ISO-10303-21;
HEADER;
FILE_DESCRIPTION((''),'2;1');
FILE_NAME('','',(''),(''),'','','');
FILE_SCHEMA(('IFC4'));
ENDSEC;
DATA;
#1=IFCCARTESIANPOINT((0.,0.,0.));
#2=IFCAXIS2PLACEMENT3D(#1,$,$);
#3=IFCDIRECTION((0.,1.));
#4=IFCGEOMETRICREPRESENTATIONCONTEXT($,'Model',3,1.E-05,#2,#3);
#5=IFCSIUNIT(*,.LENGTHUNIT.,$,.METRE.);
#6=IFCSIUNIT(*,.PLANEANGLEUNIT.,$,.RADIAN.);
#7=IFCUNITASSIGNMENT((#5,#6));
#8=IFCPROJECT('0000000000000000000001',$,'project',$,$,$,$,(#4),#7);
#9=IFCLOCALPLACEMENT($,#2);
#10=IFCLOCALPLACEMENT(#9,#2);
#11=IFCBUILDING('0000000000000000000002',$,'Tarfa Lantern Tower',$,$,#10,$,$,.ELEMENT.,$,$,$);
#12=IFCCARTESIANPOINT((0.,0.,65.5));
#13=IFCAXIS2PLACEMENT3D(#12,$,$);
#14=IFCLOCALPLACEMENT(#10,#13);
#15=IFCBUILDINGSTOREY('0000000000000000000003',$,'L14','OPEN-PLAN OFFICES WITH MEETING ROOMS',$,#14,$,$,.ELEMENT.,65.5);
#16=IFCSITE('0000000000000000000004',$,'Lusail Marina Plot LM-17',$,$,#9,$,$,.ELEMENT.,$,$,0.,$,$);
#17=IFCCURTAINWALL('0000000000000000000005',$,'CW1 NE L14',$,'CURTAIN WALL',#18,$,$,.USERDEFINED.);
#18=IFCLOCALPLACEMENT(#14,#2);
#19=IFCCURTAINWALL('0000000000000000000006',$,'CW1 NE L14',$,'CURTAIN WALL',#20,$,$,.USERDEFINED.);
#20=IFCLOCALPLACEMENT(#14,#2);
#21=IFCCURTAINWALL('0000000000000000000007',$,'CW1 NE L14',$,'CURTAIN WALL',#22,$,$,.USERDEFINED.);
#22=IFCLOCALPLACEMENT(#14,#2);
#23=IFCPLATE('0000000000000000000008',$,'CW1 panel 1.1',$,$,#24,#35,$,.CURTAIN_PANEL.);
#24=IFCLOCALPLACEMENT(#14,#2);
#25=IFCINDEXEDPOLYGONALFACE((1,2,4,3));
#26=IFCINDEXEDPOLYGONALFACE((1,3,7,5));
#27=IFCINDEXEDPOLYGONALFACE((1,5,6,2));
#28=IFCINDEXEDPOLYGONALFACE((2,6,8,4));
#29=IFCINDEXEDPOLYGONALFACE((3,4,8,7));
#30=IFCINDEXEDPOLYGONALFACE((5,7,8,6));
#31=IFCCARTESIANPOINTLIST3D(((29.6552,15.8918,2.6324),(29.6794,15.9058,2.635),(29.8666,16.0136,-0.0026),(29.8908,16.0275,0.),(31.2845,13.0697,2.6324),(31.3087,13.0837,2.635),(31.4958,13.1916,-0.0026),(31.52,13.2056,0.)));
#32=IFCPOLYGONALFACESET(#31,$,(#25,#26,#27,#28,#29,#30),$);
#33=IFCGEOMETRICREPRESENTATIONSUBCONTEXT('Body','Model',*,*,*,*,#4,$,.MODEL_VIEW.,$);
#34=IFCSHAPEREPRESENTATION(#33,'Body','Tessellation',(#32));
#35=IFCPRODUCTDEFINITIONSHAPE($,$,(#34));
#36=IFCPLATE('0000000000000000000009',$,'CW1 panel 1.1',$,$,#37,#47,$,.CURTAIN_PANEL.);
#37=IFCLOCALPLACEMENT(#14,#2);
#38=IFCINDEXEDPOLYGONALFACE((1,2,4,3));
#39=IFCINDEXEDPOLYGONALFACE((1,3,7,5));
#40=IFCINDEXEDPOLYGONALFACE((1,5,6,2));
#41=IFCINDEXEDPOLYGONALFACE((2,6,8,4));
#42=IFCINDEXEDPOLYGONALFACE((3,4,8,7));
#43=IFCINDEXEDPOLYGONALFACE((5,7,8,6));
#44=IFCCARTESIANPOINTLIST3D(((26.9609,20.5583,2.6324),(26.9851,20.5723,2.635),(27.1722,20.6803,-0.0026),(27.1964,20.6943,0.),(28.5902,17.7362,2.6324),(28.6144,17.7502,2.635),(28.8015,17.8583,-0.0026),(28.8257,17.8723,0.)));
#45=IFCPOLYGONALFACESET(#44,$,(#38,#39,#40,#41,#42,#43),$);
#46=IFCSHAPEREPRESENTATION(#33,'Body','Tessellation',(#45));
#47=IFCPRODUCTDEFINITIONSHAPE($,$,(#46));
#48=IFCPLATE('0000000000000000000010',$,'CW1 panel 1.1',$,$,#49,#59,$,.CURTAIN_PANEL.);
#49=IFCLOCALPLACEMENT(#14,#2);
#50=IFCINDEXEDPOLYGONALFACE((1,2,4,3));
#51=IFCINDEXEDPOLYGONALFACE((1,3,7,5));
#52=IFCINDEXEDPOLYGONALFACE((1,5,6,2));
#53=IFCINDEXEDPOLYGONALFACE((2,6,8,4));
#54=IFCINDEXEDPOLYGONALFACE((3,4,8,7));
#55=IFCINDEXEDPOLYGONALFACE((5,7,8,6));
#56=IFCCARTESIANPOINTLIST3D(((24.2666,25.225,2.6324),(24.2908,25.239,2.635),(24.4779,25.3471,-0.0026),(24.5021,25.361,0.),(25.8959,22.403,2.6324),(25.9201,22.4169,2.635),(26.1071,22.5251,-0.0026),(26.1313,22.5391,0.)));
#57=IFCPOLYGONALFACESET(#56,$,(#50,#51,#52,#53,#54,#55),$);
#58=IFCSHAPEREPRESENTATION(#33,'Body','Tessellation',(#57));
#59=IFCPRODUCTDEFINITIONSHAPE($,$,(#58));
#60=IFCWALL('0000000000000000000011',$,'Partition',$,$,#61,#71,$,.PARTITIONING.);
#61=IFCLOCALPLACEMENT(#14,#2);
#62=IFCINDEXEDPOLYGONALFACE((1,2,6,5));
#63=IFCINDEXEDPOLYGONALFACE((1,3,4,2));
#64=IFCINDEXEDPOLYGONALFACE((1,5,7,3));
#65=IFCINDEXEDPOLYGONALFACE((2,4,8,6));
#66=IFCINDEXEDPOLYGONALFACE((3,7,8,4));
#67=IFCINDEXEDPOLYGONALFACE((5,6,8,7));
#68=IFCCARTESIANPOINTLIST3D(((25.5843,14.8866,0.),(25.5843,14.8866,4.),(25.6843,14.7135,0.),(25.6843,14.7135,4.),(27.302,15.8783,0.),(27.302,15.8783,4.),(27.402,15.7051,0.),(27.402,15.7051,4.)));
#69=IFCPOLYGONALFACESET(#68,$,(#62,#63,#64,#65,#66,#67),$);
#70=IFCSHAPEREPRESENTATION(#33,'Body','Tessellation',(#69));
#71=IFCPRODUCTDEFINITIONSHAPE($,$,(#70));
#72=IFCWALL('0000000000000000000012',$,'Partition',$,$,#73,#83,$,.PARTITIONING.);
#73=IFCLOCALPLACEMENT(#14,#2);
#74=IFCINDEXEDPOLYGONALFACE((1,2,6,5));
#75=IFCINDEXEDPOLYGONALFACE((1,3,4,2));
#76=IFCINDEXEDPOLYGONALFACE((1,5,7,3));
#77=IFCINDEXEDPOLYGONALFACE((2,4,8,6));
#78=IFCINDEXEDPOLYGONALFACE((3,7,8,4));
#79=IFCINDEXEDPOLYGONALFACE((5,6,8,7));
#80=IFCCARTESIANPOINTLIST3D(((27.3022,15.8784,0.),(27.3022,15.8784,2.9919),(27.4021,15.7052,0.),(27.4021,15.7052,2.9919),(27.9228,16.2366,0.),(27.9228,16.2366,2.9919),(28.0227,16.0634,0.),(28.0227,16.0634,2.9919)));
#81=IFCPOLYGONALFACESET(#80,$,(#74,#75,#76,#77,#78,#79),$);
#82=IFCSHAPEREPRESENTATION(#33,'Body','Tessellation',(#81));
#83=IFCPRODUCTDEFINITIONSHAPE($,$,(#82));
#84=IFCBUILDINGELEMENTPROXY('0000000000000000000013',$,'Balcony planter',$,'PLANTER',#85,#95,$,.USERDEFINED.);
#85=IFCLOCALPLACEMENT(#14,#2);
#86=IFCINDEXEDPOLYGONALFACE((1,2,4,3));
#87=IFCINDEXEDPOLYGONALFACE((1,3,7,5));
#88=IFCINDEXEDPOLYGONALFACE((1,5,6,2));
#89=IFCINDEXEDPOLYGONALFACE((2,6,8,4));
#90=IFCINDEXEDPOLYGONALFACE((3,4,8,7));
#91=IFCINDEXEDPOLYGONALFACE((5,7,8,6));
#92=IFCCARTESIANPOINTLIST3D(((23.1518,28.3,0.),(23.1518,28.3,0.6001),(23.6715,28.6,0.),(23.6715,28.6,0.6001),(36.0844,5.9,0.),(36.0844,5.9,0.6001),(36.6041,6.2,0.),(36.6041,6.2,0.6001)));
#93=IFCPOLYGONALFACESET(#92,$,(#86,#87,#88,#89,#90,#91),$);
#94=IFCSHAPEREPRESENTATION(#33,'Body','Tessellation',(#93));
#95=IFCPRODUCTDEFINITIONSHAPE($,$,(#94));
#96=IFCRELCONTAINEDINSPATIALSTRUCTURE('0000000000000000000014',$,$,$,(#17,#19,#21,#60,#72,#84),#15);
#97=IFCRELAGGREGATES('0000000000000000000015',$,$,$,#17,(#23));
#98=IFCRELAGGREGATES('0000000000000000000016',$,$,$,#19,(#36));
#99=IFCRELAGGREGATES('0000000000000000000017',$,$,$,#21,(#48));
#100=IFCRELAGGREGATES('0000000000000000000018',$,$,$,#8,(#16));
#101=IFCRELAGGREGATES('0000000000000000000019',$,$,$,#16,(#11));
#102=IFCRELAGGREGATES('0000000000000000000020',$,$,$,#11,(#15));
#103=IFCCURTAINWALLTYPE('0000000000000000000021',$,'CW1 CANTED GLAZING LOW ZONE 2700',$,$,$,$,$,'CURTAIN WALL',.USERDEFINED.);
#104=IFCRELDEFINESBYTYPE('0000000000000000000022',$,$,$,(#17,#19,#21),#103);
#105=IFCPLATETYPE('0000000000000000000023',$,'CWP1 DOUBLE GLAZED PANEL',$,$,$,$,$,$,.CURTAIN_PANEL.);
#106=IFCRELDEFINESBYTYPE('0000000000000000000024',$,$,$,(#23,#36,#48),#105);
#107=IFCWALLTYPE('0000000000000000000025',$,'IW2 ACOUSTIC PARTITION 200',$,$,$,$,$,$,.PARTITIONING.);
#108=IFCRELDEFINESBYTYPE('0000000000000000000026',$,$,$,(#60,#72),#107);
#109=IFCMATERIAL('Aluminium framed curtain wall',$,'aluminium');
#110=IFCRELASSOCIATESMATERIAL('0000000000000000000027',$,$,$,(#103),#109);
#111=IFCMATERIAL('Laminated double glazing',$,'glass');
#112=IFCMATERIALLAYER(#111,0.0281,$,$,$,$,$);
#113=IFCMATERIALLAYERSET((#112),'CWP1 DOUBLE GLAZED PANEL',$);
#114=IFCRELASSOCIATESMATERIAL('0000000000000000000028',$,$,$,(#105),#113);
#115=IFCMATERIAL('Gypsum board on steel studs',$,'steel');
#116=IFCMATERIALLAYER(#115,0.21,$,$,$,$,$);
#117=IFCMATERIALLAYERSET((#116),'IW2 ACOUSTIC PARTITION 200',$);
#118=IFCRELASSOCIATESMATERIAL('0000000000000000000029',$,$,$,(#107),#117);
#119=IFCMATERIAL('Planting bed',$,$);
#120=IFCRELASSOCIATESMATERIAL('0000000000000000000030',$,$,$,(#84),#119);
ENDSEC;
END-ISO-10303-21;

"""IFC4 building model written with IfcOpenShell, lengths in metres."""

from ifc_helpers import new_model, si_unit, direction, frame, frame_2d, origin, origin_2d, place, context, subcontext, project, spatial, polyline, rectangle, outline, extrude, material, layer, layer_set, type_object, element, aggregate, save


model = new_model("IFC4")

# Units and contexts
model_context = context("Model", 3, precision=1e-05, world=origin(), true_north=direction((0.0, 1.0)))
body_context = subcontext(model_context, "Body", "Model", "MODEL_VIEW")
ifc_project = project(units=[si_unit("LENGTHUNIT", "METRE"), si_unit("PLANEANGLEUNIT", "RADIAN")], contexts=[model_context])

# Site, building, storey
site_placement = place(None, origin())
site = spatial("IfcSite", under=ifc_project, at=site_placement, Name="Lusail Marina Plot LM-17", CompositionType="ELEMENT", RefElevation=0.0)
building_placement = place(site_placement, origin())
building = spatial("IfcBuilding", under=site, at=building_placement, Name="Tarfa Lantern Tower", CompositionType="ELEMENT")
storey_placement = place(building_placement, frame((0.0, 0.0, 65.5)))
storey = spatial("IfcBuildingStorey", under=building, at=storey_placement, Name="L14", Description="OPEN-PLAN OFFICES WITH MEETING ROOMS", CompositionType="ELEMENT", Elevation=65.5)

# Curtain walls
ifc_material_1 = material(Name="Aluminium framed curtain wall", Category="aluminium")
curtain_wall_type = type_object("IfcCurtainWallType", Name="CW1 CANTED GLAZING LOW ZONE 2700", ElementType="CURTAIN WALL", PredefinedType="USERDEFINED", material=ifc_material_1)
curtain_wall_1_placement = place(storey_placement, origin())
curtain_wall_1 = element("IfcCurtainWall", 1, at=curtain_wall_1_placement, inside=storey, type_object=curtain_wall_type, Name="CW1 NE L14", ObjectType="CURTAIN WALL", PredefinedType="USERDEFINED")
curtain_wall_2_placement = place(storey_placement, origin())
curtain_wall_2 = element("IfcCurtainWall", 2, at=curtain_wall_2_placement, inside=storey, type_object=curtain_wall_type, Name="CW1 NE L14", ObjectType="CURTAIN WALL", PredefinedType="USERDEFINED")
curtain_wall_3_placement = place(storey_placement, origin())
curtain_wall_3 = element("IfcCurtainWall", 3, at=curtain_wall_3_placement, inside=storey, type_object=curtain_wall_type, Name="CW1 NE L14", ObjectType="CURTAIN WALL", PredefinedType="USERDEFINED")

# Plates
ifc_material_2 = material(Name="Laminated double glazing", Category="glass")
ifc_layer_1 = layer(ifc_material_2, 0.0281)
ifc_layer_set_1 = layer_set([ifc_layer_1], Name="CWP1 DOUBLE GLAZED PANEL")
plate_type = type_object("IfcPlateType", Name="CWP1 DOUBLE GLAZED PANEL", PredefinedType="CURTAIN_PANEL", material=ifc_layer_set_1)
plate_1_placement = place(storey_placement, frame((31.52, 13.2056, 0.0), z_axis=(0.862342, 0.497867, 0.09217), x_axis=(-0.499995, 0.866029, -0.000003)))
plate_1 = element("IfcPlate", 4, at=plate_1_placement, type_object=plate_type, Name="CW1 panel 1.1", PredefinedType="CURTAIN_PANEL", context=body_context, shape_type="SweptSolid", body=[
    extrude(outline(polyline([(0.0, 0.0), (3.2585, 0.0), (3.2587, 2.6463), (0.0001, 2.6463), (0.0, 0.0)])), origin(), (0.0, 0.0, -1.0), 0.0281),
])
aggregate(curtain_wall_1, [plate_1])
plate_2_placement = place(storey_placement, frame((28.8257, 17.8723, 0.0), z_axis=(0.862338, 0.497864, 0.092216), x_axis=(-0.499995, 0.866029, -0.000003)))
plate_2 = element("IfcPlate", 5, at=plate_2_placement, type_object=plate_type, Name="CW1 panel 1.1", PredefinedType="CURTAIN_PANEL", context=body_context, shape_type="SweptSolid", body=[
    extrude(outline(polyline([(0.0, 0.0), (3.2585, 0.0), (3.2585, 2.6463), (-0.0001, 2.6463), (0.0, 0.0)])), origin(), (0.0, 0.0, -1.0), 0.0281),
])
aggregate(curtain_wall_2, [plate_2])
plate_3_placement = place(storey_placement, frame((26.1313, 22.5391, 0.0), z_axis=(0.862338, 0.497864, 0.092216), x_axis=(-0.499995, 0.866029, -0.000003)))
plate_3 = element("IfcPlate", 6, at=plate_3_placement, type_object=plate_type, Name="CW1 panel 1.1", PredefinedType="CURTAIN_PANEL", context=body_context, shape_type="SweptSolid", body=[
    extrude(outline(polyline([(0.0, 0.0), (3.2585, 0.0), (3.2585, 2.6463), (-0.0001, 2.6463), (0.0, 0.0)])), origin(), (0.0, 0.0, -1.0), 0.0281),
])
aggregate(curtain_wall_3, [plate_3])

# Walls
ifc_material_3 = material(Name="Gypsum board on steel studs", Category="steel")
ifc_layer_2 = layer(ifc_material_3, 0.21)
ifc_layer_set_2 = layer_set([ifc_layer_2], Name="IW2 ACOUSTIC PARTITION 200")
wall_type = type_object("IfcWallType", Name="IW2 ACOUSTIC PARTITION 200", PredefinedType="PARTITIONING", material=ifc_layer_set_2)
wall_1_placement = place(storey_placement, frame((25.6343, 14.8, 0.0), z_axis=(0.0, 0.0, 1.0), x_axis=(0.866038, 0.499978, 0.0)))
element("IfcWall", 7, at=wall_1_placement, inside=storey, type_object=wall_type, Name="Partition", PredefinedType="PARTITIONING", context=body_context, shape_type="SweptSolid", body=[
    extrude(rectangle(XDim=1.9834, YDim=0.2, at=frame_2d((0.9917, 0.0))), origin(), (0.0, 0.0, 1.0), 4.0),
])
wall_2_placement = place(storey_placement, frame((27.3521, 15.7917, 0.0), z_axis=(0.0, 0.0, 1.0), x_axis=(0.866118, 0.49984, 0.0)))
element("IfcWall", 8, at=wall_2_placement, inside=storey, type_object=wall_type, Name="Partition", PredefinedType="PARTITIONING", context=body_context, shape_type="SweptSolid", body=[
    extrude(rectangle(XDim=0.7166, YDim=0.2, at=frame_2d((0.3584, 0.0))), origin(), (0.0, 0.0, 1.0), 2.9919),
])

# Building element proxy
ifc_material_4 = material(Name="Planting bed")
proxy_placement = place(storey_placement, frame((29.8779, 17.25, 0.0), z_axis=(0.0, 0.0, 1.0), x_axis=(-0.5, 0.866025, 0.0)))
element("IfcBuildingElementProxy", 9, at=proxy_placement, inside=storey, material=ifc_material_4, Name="Balcony planter", ObjectType="PLANTER", PredefinedType="USERDEFINED", context=body_context, shape_type="SweptSolid", body=[
    extrude(rectangle(XDim=25.8652, YDim=0.6001, at=origin_2d()), origin(), (0.0, 0.0, 1.0), 0.6001),
])

save(model, "model.ifc")
